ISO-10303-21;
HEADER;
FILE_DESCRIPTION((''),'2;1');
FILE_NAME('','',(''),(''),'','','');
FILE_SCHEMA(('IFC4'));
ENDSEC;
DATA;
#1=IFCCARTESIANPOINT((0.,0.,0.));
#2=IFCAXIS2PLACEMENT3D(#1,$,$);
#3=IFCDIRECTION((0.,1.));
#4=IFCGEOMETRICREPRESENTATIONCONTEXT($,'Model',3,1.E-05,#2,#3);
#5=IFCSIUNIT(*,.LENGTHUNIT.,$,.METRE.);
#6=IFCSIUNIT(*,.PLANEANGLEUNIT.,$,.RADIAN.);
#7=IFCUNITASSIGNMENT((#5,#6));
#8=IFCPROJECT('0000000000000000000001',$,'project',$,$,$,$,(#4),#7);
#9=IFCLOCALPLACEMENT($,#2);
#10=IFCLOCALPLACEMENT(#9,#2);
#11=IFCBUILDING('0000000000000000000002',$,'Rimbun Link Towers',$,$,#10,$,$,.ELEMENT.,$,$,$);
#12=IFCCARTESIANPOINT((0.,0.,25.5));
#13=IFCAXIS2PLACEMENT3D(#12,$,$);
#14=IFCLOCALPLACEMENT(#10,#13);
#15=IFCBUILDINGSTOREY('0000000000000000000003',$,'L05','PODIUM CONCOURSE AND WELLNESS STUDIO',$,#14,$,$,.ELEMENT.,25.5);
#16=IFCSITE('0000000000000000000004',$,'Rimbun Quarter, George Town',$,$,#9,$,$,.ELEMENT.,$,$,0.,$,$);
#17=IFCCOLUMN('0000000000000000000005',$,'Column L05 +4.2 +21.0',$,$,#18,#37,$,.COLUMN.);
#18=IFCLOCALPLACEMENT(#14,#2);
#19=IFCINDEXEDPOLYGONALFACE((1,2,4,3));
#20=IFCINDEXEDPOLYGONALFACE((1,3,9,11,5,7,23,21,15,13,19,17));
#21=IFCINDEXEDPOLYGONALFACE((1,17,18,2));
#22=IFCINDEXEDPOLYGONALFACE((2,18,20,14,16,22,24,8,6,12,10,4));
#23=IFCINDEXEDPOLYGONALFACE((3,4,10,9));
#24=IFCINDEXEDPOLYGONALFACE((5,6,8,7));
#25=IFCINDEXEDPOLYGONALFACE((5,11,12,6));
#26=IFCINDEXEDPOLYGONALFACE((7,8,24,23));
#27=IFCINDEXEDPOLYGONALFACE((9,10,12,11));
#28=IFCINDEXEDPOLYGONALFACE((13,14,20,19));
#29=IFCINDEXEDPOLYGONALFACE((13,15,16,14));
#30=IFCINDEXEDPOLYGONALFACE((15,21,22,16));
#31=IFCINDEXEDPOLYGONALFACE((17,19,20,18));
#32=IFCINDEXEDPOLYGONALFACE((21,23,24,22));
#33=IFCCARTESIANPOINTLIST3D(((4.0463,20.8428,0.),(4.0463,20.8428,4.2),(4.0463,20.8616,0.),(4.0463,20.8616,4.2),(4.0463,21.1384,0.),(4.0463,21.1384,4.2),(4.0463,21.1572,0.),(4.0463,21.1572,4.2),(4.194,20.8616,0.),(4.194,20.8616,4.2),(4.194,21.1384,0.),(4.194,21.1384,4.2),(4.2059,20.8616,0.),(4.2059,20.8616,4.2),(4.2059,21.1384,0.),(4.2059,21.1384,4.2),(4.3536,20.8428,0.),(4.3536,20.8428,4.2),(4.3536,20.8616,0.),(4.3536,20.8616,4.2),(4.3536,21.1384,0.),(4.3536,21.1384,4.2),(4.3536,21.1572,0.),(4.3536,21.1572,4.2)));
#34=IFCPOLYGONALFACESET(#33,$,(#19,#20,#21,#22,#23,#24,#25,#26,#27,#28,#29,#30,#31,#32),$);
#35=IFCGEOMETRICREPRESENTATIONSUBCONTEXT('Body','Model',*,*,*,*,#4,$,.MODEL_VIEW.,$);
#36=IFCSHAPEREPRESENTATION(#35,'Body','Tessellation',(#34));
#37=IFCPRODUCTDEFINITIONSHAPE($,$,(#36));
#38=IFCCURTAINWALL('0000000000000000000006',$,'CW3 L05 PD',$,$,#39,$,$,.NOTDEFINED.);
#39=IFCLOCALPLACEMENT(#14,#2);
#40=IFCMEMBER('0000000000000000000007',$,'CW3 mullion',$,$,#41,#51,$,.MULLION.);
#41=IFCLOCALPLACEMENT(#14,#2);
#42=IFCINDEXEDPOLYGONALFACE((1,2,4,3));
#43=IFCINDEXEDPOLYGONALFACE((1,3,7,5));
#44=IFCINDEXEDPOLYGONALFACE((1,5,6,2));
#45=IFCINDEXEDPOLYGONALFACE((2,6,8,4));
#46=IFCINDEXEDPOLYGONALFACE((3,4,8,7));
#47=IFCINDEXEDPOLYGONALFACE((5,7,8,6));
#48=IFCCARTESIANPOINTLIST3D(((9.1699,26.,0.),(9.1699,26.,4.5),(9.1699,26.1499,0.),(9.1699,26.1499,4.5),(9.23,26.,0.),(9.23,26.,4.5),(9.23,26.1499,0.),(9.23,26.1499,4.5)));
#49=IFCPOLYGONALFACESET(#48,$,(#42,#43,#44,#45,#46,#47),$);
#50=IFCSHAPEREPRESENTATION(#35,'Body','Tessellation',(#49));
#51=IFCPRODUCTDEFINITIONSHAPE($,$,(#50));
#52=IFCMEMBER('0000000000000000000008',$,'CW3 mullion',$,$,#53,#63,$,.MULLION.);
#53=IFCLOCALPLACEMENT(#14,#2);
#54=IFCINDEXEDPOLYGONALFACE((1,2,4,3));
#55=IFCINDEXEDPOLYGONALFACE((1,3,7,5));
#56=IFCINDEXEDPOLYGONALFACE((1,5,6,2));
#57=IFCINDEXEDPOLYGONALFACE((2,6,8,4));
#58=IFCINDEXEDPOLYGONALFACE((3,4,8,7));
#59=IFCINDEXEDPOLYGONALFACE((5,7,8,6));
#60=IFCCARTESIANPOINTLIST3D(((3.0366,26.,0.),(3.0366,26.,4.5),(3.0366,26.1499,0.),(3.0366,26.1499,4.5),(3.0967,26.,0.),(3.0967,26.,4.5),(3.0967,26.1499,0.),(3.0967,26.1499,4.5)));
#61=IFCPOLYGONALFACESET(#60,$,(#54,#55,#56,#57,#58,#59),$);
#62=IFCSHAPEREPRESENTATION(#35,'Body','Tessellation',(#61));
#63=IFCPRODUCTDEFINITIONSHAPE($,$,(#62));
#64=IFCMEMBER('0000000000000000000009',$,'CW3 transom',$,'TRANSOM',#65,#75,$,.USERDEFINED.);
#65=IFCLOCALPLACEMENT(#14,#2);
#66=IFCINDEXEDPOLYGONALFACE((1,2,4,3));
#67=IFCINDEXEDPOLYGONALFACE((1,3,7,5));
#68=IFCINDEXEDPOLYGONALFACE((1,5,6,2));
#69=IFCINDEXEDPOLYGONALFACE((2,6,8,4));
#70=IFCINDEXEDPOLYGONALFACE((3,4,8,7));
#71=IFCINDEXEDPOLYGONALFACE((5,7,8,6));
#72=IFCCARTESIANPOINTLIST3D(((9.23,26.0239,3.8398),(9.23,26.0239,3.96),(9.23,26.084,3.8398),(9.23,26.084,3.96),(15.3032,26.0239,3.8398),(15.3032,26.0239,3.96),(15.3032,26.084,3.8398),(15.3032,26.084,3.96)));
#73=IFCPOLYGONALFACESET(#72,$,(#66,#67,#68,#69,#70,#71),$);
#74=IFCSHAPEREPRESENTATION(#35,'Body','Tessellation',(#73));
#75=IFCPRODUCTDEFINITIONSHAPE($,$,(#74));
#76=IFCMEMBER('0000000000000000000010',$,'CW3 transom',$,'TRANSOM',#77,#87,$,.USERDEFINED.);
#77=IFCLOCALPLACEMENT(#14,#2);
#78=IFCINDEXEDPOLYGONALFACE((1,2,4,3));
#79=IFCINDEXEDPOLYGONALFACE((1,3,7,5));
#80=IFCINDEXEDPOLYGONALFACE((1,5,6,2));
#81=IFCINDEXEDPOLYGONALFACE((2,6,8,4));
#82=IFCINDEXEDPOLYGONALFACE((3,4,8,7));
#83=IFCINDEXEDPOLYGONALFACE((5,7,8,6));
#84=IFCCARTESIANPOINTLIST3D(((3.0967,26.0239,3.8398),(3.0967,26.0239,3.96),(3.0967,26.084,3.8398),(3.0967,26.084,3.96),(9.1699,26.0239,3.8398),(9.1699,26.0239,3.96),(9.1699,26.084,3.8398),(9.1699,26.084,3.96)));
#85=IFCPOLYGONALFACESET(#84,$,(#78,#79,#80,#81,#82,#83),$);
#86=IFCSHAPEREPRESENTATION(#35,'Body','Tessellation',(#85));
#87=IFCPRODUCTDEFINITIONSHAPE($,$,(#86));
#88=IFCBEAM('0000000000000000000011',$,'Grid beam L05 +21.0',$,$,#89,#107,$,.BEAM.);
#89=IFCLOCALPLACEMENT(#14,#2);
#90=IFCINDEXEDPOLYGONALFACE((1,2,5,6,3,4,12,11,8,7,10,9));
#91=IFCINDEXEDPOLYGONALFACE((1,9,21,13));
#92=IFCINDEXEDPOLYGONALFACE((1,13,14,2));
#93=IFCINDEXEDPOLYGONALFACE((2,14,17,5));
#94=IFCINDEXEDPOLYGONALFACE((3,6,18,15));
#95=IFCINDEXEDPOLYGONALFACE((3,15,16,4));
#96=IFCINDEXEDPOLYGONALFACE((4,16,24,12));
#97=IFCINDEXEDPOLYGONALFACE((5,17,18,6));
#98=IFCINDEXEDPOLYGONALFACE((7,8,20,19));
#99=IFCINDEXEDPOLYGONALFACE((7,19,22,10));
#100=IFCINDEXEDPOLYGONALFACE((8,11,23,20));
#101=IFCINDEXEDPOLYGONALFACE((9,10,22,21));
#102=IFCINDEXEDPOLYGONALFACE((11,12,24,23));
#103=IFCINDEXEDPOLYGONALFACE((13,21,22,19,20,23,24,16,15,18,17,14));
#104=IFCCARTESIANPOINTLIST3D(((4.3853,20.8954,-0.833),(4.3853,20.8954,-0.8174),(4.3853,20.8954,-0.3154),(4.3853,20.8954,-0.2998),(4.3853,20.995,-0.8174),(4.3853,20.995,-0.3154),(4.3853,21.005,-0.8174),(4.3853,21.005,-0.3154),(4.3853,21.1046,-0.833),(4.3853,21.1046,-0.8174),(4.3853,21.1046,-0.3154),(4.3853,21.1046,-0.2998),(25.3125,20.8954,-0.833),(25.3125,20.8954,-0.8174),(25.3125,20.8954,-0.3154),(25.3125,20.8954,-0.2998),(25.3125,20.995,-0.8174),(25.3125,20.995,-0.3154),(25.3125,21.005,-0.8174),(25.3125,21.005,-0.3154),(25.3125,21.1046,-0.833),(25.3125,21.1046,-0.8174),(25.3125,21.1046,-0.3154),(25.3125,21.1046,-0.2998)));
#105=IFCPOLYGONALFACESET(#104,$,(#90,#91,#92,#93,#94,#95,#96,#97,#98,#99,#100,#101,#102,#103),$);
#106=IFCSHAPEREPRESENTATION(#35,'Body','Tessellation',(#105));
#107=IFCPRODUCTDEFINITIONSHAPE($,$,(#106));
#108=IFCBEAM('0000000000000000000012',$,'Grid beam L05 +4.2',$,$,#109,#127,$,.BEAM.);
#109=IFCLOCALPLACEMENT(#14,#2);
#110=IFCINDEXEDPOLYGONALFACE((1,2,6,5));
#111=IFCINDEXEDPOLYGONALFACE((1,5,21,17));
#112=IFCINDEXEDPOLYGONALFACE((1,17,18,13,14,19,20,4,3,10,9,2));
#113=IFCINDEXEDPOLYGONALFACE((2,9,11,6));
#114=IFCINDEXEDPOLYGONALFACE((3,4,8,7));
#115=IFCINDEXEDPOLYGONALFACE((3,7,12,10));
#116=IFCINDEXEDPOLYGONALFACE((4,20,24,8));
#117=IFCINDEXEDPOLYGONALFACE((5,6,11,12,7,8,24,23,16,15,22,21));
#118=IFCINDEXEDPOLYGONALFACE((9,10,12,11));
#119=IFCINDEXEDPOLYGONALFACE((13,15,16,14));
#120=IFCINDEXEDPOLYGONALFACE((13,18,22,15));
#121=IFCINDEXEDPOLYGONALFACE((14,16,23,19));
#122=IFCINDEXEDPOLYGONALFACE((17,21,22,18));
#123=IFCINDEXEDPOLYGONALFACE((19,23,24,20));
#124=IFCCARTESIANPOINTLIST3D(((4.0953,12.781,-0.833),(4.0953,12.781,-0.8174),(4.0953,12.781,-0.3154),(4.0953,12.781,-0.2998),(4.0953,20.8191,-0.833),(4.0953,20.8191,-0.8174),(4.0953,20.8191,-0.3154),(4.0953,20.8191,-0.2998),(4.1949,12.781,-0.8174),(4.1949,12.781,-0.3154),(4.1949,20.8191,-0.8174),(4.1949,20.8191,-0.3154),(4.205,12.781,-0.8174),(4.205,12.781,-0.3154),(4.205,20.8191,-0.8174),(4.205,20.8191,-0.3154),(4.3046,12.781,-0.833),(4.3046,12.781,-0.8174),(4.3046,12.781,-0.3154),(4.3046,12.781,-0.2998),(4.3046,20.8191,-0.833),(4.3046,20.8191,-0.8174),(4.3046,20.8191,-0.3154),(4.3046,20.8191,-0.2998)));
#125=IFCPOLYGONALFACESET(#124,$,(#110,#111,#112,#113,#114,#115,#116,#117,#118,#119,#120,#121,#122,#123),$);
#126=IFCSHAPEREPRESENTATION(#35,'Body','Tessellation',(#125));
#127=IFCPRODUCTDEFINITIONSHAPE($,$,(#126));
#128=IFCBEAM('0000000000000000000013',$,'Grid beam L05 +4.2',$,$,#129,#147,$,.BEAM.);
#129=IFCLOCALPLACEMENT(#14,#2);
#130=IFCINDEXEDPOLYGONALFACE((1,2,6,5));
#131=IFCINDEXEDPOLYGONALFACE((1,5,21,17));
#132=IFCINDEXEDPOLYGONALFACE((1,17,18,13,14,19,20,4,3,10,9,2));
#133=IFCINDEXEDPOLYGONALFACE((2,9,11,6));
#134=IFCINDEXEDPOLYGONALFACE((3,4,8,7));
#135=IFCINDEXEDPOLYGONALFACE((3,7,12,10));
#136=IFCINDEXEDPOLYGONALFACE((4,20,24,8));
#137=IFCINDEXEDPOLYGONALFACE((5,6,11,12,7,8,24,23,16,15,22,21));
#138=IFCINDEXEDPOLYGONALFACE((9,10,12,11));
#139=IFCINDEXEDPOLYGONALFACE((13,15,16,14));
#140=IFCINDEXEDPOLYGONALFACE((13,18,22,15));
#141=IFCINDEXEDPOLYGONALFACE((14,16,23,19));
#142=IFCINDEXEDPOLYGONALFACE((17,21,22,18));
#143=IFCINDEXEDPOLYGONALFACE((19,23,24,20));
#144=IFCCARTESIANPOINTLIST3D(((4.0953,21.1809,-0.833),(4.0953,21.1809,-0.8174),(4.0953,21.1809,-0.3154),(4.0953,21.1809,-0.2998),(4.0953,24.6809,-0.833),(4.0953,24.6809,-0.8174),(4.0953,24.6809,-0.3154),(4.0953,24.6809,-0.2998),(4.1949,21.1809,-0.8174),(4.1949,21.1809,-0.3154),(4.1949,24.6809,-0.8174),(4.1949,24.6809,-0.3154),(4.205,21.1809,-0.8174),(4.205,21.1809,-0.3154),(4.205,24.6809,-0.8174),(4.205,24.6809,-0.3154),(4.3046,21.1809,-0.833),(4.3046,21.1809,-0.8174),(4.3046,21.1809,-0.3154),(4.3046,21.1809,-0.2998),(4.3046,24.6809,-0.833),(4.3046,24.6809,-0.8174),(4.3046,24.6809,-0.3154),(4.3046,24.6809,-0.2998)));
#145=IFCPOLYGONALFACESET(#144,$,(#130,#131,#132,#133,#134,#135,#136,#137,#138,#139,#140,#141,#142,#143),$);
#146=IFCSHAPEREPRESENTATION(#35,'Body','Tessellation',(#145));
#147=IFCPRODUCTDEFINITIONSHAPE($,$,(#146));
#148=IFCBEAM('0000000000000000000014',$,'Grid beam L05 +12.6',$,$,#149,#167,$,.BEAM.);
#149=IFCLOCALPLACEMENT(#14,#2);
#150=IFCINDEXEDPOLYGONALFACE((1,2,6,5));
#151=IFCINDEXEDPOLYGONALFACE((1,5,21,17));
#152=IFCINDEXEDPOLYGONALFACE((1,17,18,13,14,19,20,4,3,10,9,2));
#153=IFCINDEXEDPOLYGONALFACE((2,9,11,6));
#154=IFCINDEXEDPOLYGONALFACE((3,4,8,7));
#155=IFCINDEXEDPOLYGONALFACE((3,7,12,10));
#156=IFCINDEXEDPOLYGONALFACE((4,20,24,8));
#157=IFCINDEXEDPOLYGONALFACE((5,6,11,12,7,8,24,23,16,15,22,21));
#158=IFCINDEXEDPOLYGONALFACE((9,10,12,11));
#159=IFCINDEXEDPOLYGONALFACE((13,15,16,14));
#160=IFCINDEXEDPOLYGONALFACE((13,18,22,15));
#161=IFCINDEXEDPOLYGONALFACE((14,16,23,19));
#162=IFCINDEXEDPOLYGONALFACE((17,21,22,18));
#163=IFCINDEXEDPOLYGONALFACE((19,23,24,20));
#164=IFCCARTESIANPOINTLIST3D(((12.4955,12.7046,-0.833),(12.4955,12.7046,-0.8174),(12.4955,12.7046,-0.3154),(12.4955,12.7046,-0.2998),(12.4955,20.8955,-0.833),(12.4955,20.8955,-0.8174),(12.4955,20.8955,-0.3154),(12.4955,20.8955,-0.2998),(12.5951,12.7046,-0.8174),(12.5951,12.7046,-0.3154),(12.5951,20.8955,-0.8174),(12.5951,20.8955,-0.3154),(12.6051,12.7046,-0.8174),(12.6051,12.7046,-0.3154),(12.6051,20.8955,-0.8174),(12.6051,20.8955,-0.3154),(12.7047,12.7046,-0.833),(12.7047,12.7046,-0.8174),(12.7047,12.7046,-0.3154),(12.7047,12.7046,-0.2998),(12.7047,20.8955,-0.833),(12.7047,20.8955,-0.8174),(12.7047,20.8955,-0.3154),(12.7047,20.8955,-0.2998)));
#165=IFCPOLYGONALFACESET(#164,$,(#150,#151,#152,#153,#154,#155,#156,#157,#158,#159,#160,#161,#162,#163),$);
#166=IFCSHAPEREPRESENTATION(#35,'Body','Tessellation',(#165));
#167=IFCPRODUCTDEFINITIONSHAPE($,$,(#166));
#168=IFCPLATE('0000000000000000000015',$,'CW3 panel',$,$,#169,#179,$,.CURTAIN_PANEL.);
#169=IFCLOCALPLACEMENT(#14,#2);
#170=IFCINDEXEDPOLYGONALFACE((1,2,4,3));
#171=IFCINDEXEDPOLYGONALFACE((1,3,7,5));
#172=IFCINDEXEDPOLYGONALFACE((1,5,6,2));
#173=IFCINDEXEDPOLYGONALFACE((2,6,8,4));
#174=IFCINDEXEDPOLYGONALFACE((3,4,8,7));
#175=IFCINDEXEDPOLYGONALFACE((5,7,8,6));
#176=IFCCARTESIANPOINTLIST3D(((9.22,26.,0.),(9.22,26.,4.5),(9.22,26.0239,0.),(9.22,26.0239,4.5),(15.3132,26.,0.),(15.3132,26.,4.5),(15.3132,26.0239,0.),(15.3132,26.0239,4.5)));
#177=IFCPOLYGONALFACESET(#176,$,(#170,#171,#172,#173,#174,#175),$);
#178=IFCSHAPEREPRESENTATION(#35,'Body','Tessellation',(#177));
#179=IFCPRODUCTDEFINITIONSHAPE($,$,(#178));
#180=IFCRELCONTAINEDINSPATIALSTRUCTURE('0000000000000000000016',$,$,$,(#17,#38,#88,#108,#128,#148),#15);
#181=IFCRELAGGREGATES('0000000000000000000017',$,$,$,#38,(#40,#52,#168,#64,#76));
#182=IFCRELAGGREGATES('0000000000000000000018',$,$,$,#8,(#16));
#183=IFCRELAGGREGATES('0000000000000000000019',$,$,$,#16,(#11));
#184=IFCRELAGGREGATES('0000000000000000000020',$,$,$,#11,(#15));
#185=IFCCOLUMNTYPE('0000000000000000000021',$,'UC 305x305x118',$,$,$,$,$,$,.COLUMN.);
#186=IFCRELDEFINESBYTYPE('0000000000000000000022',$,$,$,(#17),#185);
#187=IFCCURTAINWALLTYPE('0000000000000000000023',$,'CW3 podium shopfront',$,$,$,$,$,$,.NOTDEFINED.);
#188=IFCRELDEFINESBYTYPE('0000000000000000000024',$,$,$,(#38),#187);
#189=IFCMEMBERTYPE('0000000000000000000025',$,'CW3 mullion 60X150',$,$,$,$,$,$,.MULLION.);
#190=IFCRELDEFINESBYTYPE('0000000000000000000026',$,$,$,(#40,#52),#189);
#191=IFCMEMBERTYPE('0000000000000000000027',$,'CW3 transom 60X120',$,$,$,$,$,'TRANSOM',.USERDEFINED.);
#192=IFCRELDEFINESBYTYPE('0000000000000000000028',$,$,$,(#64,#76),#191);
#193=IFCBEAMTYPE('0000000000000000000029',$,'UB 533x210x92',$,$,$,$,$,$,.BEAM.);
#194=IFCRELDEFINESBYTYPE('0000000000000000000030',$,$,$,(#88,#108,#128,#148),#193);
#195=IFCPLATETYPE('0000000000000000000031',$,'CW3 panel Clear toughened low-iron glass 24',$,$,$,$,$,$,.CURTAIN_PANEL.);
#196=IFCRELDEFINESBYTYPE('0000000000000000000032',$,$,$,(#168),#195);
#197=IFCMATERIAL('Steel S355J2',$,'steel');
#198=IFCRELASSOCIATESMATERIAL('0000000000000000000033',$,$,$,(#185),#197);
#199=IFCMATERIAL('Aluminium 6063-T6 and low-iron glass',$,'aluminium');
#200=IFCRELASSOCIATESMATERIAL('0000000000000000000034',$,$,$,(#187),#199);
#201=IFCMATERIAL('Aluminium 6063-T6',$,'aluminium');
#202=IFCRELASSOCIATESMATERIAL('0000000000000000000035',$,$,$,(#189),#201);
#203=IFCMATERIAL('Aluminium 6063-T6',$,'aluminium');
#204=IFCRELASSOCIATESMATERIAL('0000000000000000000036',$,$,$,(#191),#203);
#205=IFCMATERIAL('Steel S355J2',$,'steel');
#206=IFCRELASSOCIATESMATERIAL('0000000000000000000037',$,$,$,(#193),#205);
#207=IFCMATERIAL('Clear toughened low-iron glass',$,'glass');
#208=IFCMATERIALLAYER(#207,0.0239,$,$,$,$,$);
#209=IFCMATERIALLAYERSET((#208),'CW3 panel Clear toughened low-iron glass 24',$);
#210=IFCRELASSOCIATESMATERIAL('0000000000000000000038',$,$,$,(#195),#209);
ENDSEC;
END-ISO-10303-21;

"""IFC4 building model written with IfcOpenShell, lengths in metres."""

from ifc_helpers import new_model, si_unit, direction, frame, origin, origin_2d, place, context, subcontext, project, spatial, rectangle, i_section, extrude, material, layer, layer_set, material_profile, profile_set, type_object, element, aggregate, save


model = new_model("IFC4")

# Units and contexts
model_context = context("Model", 3, precision=1e-05, world=origin(), true_north=direction((0.0, 1.0)))
body_context = subcontext(model_context, "Body", "Model", "MODEL_VIEW")
ifc_project = project(units=[si_unit("LENGTHUNIT", "METRE"), si_unit("PLANEANGLEUNIT", "RADIAN")], contexts=[model_context])

# Site, building, storey
site_placement = place(None, origin())
site = spatial("IfcSite", under=ifc_project, at=site_placement, Name="Rimbun Quarter, George Town", CompositionType="ELEMENT", RefElevation=0.0)
building_placement = place(site_placement, origin())
building = spatial("IfcBuilding", under=site, at=building_placement, Name="Rimbun Link Towers", CompositionType="ELEMENT")
storey_placement = place(building_placement, frame((0.0, 0.0, 25.5)))
storey = spatial("IfcBuildingStorey", under=building, at=storey_placement, Name="L05", Description="PODIUM CONCOURSE AND WELLNESS STUDIO", CompositionType="ELEMENT", Elevation=25.5)

# Column
ifc_material_1 = material(Name="Steel S355J2", Category="steel")
ifc_material_profile_1 = material_profile(ifc_material_1, i_section(OverallWidth=0.3074, OverallDepth=0.3145, WebThickness=0.012, FlangeThickness=0.0188, at=origin_2d()), Name="UC 305x305x118")
ifc_profile_set_1 = profile_set([ifc_material_profile_1], Name="Steel S355J2")
column_type = type_object("IfcColumnType", Name="UC 305x305x118", PredefinedType="COLUMN", material=ifc_profile_set_1)
column_placement = place(storey_placement, frame((4.2, 21.0, 0.0), z_axis=(0.0, 0.0, 1.0), x_axis=(1.0, 0.0, 0.0)))
element("IfcColumn", 1, at=column_placement, inside=storey, type_object=column_type, Name="Column L05 +4.2 +21.0", PredefinedType="COLUMN", context=body_context, shape_type="SweptSolid", body=[
    extrude(i_section(OverallWidth=0.3074, OverallDepth=0.3145, WebThickness=0.012, FlangeThickness=0.0188, at=origin_2d()), origin(), (0.0, 0.0, 1.0), 4.2),
])

# Curtain wall, members
ifc_material_2 = material(Name="Aluminium 6063-T6 and low-iron glass", Category="aluminium")
curtain_wall_type = type_object("IfcCurtainWallType", Name="CW3 podium shopfront", PredefinedType="NOTDEFINED", material=ifc_material_2)
curtain_wall_placement = place(storey_placement, origin())
curtain_wall = element("IfcCurtainWall", 2, at=curtain_wall_placement, inside=storey, type_object=curtain_wall_type, Name="CW3 L05 PD", PredefinedType="NOTDEFINED")
ifc_material_3 = material(Name="Aluminium 6063-T6", Category="aluminium")
ifc_material_profile_2 = material_profile(ifc_material_3, rectangle(XDim=0.1499, YDim=0.0601, at=origin_2d()), Name="MULLION 60X150")
ifc_profile_set_2 = profile_set([ifc_material_profile_2], Name="Aluminium 6063-T6")
member_type_1 = type_object("IfcMemberType", Name="CW3 mullion 60X150", PredefinedType="MULLION", material=ifc_profile_set_2)
member_1_placement = place(storey_placement, frame((9.2, 26.075, 0.0), z_axis=(0.0, 0.0, 1.0), x_axis=(0.0, 1.0, 0.0)))
member_1 = element("IfcMember", 3, at=member_1_placement, type_object=member_type_1, Name="CW3 mullion", PredefinedType="MULLION", context=body_context, shape_type="SweptSolid", body=[
    extrude(rectangle(XDim=0.1499, YDim=0.0601, at=origin_2d()), origin(), (0.0, 0.0, 1.0), 4.5),
])
member_2_placement = place(storey_placement, frame((3.0667, 26.075, 0.0), z_axis=(0.0, 0.0, 1.0), x_axis=(0.0, 1.0, 0.0)))
member_2 = element("IfcMember", 4, at=member_2_placement, type_object=member_type_1, Name="CW3 mullion", PredefinedType="MULLION", context=body_context, shape_type="SweptSolid", body=[
    extrude(rectangle(XDim=0.1499, YDim=0.0601, at=origin_2d()), origin(), (0.0, 0.0, 1.0), 4.5),
])
ifc_material_4 = material(Name="Aluminium 6063-T6", Category="aluminium")
ifc_material_profile_3 = material_profile(ifc_material_4, rectangle(XDim=0.0601, YDim=0.1201, at=origin_2d()), Name="TRANSOM 60X120")
ifc_profile_set_3 = profile_set([ifc_material_profile_3], Name="Aluminium 6063-T6")
member_type_2 = type_object("IfcMemberType", Name="CW3 transom 60X120", ElementType="TRANSOM", PredefinedType="USERDEFINED", material=ifc_profile_set_3)
member_3_placement = place(storey_placement, frame((9.23, 26.054, 3.8999), z_axis=(1.0, 0.0, 0.0), x_axis=(0.0, 1.0, 0.0)))
member_3 = element("IfcMember", 5, at=member_3_placement, type_object=member_type_2, Name="CW3 transom", ObjectType="TRANSOM", PredefinedType="USERDEFINED", context=body_context, shape_type="SweptSolid", body=[
    extrude(rectangle(XDim=0.0601, YDim=0.1201, at=origin_2d()), origin(), (0.0, 0.0, 1.0), 6.0732),
])
member_4_placement = place(storey_placement, frame((3.0967, 26.054, 3.8999), z_axis=(1.0, 0.0, 0.0), x_axis=(0.0, 1.0, 0.0)))
member_4 = element("IfcMember", 6, at=member_4_placement, type_object=member_type_2, Name="CW3 transom", ObjectType="TRANSOM", PredefinedType="USERDEFINED", context=body_context, shape_type="SweptSolid", body=[
    extrude(rectangle(XDim=0.0601, YDim=0.1201, at=origin_2d()), origin(), (0.0, 0.0, 1.0), 6.0732),
])

# Beams
ifc_material_5 = material(Name="Steel S355J2", Category="steel")
ifc_material_profile_4 = material_profile(ifc_material_5, i_section(OverallWidth=0.2092, OverallDepth=0.5332, WebThickness=0.01, FlangeThickness=0.0156, at=origin_2d()), Name="UB 533x210x92")
ifc_profile_set_4 = profile_set([ifc_material_profile_4], Name="Steel S355J2")
beam_type = type_object("IfcBeamType", Name="UB 533x210x92", PredefinedType="BEAM", material=ifc_profile_set_4)
beam_1_placement = place(storey_placement, frame((4.3853, 21.0, -0.5664), z_axis=(1.0, 0.0, 0.0), x_axis=(0.0, 1.0, 0.0)))
element("IfcBeam", 7, at=beam_1_placement, inside=storey, type_object=beam_type, Name="Grid beam L05 +21.0", PredefinedType="BEAM", context=body_context, shape_type="SweptSolid", body=[
    extrude(i_section(OverallWidth=0.2092, OverallDepth=0.5332, WebThickness=0.01, FlangeThickness=0.0156, at=origin_2d()), origin(), (0.0, 0.0, 1.0), 20.9272),
])
beam_2_placement = place(storey_placement, frame((4.2, 12.781, -0.5664), z_axis=(0.0, 1.0, 0.0), x_axis=(-1.0, 0.0, 0.0)))
element("IfcBeam", 8, at=beam_2_placement, inside=storey, type_object=beam_type, Name="Grid beam L05 +4.2", PredefinedType="BEAM", context=body_context, shape_type="SweptSolid", body=[
    extrude(i_section(OverallWidth=0.2092, OverallDepth=0.5332, WebThickness=0.01, FlangeThickness=0.0156, at=origin_2d()), origin(), (0.0, 0.0, 1.0), 8.0381),
])
beam_3_placement = place(storey_placement, frame((4.2, 21.1809, -0.5664), z_axis=(0.0, 1.0, 0.0), x_axis=(-1.0, 0.0, 0.0)))
element("IfcBeam", 9, at=beam_3_placement, inside=storey, type_object=beam_type, Name="Grid beam L05 +4.2", PredefinedType="BEAM", context=body_context, shape_type="SweptSolid", body=[
    extrude(i_section(OverallWidth=0.2092, OverallDepth=0.5332, WebThickness=0.01, FlangeThickness=0.0156, at=origin_2d()), origin(), (0.0, 0.0, 1.0), 3.5),
])
beam_4_placement = place(storey_placement, frame((12.6001, 12.7046, -0.5664), z_axis=(0.0, 1.0, 0.0), x_axis=(-1.0, 0.0, 0.0)))
element("IfcBeam", 10, at=beam_4_placement, inside=storey, type_object=beam_type, Name="Grid beam L05 +12.6", PredefinedType="BEAM", context=body_context, shape_type="SweptSolid", body=[
    extrude(i_section(OverallWidth=0.2092, OverallDepth=0.5332, WebThickness=0.01, FlangeThickness=0.0156, at=origin_2d()), origin(), (0.0, 0.0, 1.0), 8.1909),
])

# Plate
ifc_material_6 = material(Name="Clear toughened low-iron glass", Category="glass")
ifc_layer_1 = layer(ifc_material_6, 0.0239)
ifc_layer_set_1 = layer_set([ifc_layer_1], Name="CW3 panel Clear toughened low-iron glass 24")
plate_type = type_object("IfcPlateType", Name="CW3 panel Clear toughened low-iron glass 24", PredefinedType="CURTAIN_PANEL", material=ifc_layer_set_1)
plate_1_placement = place(storey_placement, frame((12.2666, 26.012, 0.0), z_axis=(0.0, 0.0, 1.0), x_axis=(1.0, 0.0, 0.0)))
plate_1 = element("IfcPlate", 11, at=plate_1_placement, type_object=plate_type, Name="CW3 panel", PredefinedType="CURTAIN_PANEL", context=body_context, shape_type="SweptSolid", body=[
    extrude(rectangle(XDim=6.0933, YDim=0.0239, at=origin_2d()), origin(), (0.0, 0.0, 1.0), 4.5),
])
aggregate(curtain_wall, [member_1, member_2, plate_1, member_3, member_4])

save(model, "model.ifc")
